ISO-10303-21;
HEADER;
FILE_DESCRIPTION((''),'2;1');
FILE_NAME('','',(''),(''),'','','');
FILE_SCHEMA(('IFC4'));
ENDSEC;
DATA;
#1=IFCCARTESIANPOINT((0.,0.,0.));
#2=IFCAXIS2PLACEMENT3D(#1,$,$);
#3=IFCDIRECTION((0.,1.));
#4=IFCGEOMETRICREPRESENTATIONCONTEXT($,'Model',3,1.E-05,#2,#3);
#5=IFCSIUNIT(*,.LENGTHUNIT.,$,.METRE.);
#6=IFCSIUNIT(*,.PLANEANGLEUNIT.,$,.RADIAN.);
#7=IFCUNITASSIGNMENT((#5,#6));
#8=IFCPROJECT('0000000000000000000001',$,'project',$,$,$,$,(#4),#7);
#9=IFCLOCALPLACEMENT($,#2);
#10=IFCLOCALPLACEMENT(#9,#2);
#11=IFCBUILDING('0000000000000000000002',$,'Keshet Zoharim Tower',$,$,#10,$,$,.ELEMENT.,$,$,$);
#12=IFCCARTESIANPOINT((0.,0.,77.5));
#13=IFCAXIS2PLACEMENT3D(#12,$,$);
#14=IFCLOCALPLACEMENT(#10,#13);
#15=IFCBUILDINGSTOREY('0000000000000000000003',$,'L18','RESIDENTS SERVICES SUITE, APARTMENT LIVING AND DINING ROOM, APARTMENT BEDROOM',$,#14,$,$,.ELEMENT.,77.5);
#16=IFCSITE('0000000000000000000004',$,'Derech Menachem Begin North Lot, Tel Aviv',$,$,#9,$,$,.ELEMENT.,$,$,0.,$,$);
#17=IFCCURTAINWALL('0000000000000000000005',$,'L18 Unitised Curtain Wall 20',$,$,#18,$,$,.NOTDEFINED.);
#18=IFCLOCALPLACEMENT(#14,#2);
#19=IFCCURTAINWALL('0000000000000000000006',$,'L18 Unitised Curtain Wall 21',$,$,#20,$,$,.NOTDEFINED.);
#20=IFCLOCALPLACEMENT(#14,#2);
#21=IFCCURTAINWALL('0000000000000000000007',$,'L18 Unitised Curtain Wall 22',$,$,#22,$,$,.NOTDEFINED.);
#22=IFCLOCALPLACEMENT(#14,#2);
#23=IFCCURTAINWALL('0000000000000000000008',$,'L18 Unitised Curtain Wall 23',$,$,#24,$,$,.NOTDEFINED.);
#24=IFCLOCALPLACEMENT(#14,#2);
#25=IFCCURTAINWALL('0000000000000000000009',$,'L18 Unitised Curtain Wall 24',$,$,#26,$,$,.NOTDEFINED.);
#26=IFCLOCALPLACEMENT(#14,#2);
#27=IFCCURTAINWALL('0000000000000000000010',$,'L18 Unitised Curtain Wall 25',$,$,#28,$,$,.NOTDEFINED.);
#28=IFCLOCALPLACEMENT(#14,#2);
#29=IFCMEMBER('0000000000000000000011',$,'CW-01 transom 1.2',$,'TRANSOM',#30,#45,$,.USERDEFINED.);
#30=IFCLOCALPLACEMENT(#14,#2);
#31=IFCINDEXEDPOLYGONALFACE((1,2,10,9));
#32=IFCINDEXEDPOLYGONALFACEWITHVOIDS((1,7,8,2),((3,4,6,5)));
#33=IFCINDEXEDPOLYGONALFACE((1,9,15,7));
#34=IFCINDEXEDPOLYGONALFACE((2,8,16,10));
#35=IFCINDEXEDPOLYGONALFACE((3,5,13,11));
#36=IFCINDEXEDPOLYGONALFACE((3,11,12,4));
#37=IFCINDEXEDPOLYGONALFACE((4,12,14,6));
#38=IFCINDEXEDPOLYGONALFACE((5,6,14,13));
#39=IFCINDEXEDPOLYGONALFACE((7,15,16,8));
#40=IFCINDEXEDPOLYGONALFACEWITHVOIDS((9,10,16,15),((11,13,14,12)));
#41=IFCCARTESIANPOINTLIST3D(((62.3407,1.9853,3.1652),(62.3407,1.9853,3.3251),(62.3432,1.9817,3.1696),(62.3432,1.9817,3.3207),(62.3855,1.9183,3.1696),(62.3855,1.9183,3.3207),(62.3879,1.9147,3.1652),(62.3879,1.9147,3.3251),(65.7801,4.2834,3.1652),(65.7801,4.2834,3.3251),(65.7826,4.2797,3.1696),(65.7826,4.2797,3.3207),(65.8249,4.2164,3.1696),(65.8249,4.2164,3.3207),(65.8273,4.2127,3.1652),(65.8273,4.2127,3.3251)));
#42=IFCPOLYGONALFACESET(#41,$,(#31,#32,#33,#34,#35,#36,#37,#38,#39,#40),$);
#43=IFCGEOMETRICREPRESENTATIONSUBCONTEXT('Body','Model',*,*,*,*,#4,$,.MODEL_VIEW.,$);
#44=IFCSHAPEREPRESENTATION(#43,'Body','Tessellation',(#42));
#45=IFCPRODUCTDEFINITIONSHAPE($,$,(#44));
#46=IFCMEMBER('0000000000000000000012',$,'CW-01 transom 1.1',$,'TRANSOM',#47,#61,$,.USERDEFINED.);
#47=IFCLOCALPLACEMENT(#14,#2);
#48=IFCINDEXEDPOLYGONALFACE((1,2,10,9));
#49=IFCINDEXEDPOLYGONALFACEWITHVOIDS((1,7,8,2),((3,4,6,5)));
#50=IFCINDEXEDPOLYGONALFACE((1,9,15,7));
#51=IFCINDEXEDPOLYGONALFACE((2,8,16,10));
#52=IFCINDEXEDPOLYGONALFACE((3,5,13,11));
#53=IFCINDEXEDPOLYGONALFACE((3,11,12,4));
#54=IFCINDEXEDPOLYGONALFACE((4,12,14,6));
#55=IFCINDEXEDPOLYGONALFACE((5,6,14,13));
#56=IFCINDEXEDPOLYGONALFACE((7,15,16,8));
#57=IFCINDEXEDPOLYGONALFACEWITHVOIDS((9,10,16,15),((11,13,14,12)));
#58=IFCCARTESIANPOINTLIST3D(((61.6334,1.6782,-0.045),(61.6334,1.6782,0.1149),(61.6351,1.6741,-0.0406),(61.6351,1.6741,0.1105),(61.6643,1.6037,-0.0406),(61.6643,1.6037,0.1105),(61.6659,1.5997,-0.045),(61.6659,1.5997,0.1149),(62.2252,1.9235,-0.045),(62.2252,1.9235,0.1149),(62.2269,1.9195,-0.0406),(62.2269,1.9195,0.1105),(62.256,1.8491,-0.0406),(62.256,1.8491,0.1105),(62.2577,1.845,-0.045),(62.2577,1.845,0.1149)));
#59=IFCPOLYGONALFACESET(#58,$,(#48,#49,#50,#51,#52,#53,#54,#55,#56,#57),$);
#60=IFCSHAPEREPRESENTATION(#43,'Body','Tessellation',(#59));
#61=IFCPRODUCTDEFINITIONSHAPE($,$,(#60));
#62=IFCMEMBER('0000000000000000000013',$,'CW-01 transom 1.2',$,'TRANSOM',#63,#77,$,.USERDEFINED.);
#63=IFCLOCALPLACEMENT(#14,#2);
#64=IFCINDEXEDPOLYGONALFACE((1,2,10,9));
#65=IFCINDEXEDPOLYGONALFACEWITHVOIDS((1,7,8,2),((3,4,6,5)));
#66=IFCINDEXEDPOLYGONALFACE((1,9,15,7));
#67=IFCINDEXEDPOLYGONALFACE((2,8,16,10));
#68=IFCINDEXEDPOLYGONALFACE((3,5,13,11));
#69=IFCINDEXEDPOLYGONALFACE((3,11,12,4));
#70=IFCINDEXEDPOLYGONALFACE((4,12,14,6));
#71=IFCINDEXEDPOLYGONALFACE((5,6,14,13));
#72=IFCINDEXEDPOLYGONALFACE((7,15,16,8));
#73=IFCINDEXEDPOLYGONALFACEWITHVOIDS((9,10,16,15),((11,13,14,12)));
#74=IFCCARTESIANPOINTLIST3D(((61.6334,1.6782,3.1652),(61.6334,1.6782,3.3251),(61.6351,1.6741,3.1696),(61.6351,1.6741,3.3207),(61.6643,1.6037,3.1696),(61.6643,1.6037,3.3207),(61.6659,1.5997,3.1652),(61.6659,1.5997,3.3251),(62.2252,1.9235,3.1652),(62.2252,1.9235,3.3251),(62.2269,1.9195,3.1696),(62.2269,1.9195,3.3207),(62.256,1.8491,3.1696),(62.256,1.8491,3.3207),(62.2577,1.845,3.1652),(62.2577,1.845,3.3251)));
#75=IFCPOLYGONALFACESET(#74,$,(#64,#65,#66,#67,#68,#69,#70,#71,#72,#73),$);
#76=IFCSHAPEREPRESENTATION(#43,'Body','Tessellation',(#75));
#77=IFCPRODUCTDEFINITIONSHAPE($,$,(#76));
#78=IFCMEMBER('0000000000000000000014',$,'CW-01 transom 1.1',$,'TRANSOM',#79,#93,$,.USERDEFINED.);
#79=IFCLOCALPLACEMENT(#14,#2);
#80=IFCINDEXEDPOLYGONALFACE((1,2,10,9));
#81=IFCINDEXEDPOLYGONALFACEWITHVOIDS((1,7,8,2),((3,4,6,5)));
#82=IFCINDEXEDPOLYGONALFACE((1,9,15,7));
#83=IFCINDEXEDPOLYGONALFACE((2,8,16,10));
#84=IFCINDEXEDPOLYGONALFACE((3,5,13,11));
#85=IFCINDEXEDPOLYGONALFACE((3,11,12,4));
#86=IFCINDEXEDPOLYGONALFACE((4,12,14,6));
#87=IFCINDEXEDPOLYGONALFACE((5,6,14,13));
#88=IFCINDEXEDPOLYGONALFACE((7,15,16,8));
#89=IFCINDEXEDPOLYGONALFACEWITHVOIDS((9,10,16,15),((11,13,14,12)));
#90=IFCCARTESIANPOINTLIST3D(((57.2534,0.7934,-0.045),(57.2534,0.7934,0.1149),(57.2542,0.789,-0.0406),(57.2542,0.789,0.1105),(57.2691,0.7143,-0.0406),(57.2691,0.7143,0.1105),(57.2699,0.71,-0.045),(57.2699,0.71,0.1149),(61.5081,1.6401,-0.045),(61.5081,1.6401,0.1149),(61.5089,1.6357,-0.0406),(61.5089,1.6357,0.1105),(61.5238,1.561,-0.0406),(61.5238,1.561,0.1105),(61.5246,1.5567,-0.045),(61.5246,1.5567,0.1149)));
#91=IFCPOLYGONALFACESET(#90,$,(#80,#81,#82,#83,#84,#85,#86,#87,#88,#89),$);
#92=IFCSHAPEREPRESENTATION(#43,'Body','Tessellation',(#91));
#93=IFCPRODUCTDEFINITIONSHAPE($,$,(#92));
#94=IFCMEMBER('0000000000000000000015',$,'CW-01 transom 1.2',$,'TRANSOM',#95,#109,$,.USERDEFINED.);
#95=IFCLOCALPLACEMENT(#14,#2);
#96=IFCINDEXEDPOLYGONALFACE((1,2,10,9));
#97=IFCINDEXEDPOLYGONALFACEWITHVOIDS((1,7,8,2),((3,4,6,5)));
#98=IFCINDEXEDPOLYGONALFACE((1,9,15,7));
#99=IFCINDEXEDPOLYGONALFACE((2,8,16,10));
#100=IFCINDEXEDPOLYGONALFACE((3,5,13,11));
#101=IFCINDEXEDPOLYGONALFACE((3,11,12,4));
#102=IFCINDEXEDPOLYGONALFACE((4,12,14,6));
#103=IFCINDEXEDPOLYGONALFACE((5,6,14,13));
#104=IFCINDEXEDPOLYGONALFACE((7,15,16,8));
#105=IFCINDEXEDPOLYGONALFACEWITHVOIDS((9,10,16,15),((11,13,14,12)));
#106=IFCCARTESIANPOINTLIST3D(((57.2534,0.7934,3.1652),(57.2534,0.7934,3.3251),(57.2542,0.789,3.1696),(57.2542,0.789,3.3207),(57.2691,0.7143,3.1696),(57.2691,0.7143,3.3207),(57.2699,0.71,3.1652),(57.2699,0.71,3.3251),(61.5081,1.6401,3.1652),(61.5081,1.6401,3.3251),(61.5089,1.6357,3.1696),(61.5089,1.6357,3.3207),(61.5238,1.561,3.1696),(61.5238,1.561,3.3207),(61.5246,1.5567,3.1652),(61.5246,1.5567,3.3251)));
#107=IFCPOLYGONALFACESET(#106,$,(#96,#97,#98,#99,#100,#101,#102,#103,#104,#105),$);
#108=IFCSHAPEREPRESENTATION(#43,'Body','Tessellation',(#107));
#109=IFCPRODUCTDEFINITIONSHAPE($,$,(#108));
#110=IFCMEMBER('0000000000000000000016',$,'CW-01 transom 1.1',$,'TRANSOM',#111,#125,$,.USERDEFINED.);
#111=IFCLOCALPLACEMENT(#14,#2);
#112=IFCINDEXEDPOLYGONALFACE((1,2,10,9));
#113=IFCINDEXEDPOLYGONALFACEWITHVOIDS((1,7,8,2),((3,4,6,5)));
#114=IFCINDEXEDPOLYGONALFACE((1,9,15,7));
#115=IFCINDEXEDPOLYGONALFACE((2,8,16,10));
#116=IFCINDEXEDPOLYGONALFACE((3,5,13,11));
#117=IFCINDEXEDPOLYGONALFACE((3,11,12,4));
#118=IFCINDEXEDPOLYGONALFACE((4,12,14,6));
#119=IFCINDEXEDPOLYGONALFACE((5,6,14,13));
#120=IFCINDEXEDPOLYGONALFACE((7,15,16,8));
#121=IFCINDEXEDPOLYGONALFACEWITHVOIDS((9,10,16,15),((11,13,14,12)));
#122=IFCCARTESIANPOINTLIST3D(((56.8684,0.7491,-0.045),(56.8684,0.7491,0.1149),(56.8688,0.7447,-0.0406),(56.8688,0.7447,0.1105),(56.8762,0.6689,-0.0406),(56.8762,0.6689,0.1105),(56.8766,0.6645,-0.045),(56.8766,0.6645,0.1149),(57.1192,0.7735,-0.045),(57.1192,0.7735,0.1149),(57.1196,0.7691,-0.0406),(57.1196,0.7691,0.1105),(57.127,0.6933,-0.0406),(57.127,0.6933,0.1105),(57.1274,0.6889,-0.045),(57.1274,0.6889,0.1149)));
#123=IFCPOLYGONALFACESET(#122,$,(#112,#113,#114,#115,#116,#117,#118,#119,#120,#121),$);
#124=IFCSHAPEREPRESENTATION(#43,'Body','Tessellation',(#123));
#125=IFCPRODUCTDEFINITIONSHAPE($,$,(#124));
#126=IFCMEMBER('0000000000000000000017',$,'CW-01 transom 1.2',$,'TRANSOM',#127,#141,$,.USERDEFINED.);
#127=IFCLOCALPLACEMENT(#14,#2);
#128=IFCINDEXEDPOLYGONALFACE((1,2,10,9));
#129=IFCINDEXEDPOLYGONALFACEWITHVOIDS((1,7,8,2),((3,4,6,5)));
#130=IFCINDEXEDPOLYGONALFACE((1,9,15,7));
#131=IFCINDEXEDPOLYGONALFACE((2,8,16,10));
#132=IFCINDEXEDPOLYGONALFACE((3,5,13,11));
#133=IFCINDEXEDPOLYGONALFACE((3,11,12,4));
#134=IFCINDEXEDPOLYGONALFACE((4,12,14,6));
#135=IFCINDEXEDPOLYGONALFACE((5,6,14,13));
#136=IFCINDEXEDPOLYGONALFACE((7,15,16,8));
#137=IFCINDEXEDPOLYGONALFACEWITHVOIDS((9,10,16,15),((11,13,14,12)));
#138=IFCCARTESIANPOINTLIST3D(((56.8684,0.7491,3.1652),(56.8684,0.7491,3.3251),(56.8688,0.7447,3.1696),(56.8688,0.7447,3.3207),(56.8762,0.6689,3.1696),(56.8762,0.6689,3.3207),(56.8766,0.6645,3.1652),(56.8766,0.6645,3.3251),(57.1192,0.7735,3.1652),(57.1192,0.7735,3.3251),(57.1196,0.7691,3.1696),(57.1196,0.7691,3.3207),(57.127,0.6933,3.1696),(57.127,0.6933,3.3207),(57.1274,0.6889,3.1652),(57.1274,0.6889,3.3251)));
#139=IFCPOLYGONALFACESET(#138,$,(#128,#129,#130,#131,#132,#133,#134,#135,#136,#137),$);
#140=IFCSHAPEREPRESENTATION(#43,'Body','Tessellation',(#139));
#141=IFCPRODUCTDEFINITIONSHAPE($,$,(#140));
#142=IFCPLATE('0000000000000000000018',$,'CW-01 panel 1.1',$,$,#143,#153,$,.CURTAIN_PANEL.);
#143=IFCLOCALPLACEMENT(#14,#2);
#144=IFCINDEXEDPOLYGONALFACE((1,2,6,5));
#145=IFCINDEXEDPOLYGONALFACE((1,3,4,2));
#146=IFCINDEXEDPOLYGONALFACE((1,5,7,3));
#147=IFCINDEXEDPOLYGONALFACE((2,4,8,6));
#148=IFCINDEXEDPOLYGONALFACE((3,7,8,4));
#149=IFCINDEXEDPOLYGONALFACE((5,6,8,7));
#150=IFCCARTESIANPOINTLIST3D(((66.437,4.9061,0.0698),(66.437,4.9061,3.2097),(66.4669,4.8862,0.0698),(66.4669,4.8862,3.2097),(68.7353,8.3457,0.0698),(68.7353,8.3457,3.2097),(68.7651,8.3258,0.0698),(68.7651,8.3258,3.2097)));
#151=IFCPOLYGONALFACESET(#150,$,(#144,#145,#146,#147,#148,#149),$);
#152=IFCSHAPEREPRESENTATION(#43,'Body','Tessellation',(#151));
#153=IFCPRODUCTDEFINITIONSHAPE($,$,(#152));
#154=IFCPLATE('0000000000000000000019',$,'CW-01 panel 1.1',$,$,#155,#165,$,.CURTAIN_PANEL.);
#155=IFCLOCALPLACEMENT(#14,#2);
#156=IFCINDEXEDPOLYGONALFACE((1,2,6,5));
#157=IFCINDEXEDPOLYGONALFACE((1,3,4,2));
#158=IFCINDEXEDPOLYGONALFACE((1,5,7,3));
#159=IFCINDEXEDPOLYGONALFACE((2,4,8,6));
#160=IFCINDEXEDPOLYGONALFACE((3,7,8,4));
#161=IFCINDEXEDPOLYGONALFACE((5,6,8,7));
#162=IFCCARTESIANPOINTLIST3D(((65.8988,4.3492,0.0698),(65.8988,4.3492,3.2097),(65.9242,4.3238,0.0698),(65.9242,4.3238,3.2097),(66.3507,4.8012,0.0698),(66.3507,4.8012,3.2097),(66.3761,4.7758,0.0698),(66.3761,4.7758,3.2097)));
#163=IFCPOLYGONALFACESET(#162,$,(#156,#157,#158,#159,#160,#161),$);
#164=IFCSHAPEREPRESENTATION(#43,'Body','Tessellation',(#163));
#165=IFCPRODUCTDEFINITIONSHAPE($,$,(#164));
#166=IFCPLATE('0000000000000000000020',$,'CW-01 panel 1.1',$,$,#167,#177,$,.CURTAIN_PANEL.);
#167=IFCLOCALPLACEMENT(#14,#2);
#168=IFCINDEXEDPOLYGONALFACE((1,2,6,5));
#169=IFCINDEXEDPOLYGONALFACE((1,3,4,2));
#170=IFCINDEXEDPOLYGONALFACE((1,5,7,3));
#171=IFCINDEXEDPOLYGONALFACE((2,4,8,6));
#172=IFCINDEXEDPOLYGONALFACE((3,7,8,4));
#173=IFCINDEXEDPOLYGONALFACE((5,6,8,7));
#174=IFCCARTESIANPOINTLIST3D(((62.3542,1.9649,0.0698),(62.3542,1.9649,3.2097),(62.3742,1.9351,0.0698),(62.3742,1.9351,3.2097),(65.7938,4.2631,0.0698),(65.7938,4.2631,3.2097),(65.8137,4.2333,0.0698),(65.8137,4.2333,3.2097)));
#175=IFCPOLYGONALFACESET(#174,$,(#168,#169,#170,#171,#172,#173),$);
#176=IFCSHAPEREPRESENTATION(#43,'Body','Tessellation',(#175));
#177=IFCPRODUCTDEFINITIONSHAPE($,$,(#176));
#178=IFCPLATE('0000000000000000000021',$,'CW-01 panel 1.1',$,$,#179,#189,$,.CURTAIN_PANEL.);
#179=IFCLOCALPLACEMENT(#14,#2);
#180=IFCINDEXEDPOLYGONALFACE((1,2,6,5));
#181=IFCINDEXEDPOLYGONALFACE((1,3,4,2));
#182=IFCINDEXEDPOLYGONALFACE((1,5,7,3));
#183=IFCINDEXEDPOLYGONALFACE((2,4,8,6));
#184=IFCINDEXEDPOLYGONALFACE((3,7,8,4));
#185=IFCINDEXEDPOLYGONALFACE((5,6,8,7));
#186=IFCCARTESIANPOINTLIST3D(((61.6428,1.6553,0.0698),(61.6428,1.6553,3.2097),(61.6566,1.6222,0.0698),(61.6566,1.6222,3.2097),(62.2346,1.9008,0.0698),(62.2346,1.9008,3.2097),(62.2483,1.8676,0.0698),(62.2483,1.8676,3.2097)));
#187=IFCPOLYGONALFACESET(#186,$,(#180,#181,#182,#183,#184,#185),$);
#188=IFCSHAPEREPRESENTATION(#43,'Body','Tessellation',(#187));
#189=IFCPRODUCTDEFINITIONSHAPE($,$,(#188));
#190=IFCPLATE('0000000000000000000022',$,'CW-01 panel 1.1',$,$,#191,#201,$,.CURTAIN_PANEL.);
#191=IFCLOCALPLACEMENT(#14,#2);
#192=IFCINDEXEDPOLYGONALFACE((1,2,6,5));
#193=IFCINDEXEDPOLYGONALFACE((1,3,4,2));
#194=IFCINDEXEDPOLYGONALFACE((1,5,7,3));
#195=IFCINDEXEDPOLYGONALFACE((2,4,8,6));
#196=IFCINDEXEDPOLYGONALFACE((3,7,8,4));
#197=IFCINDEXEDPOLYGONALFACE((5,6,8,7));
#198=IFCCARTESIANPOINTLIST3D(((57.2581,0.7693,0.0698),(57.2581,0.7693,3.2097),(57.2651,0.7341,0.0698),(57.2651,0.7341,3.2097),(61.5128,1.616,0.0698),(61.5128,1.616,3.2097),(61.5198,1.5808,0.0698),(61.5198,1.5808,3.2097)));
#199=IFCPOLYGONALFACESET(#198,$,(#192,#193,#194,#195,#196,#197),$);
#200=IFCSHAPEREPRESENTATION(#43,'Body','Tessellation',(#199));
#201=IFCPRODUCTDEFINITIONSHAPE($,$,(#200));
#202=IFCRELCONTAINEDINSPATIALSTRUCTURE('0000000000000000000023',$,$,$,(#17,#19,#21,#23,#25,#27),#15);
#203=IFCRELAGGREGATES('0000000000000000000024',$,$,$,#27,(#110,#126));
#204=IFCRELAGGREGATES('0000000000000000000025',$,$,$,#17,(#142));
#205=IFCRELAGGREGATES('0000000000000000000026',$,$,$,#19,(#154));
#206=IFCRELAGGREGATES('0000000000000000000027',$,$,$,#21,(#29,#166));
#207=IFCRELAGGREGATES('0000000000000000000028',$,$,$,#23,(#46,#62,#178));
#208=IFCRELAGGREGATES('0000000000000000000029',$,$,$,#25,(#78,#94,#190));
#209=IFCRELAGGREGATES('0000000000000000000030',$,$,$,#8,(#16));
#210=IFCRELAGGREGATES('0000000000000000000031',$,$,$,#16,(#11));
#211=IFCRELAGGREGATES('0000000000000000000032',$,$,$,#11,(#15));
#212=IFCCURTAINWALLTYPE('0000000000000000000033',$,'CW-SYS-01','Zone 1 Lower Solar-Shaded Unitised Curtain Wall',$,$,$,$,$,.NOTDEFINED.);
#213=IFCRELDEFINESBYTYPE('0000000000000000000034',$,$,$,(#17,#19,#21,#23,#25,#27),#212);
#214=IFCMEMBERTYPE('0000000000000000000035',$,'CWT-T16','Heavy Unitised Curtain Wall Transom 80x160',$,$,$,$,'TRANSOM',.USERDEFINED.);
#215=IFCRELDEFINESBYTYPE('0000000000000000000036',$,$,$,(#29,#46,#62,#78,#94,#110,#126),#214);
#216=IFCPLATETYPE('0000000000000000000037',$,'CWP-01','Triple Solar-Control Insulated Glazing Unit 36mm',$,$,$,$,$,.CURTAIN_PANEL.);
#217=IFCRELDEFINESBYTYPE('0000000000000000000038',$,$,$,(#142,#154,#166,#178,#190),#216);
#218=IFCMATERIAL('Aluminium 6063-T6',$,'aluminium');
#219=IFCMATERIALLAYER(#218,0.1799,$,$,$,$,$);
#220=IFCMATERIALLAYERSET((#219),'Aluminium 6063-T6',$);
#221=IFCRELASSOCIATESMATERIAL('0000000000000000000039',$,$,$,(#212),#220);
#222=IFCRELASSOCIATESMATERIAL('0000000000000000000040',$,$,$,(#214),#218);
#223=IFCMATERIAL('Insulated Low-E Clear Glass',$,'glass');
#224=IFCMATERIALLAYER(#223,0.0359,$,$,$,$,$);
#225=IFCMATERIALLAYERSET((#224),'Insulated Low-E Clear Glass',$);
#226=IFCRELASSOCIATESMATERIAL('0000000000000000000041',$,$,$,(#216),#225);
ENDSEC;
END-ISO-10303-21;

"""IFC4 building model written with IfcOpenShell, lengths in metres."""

from ifc_helpers import new_model, si_unit, direction, frame, origin, origin_2d, place, context, subcontext, project, spatial, rectangle, hollow_rectangle, extrude, material, layer, layer_set, material_profile, profile_set, type_object, element, aggregate, save


model = new_model("IFC4")

# Units and contexts
model_context = context("Model", 3, precision=1e-05, world=origin(), true_north=direction((0.0, 1.0)))
body_context = subcontext(model_context, "Body", "Model", "MODEL_VIEW")
ifc_project = project(units=[si_unit("LENGTHUNIT", "METRE"), si_unit("PLANEANGLEUNIT", "RADIAN")], contexts=[model_context])

# Site, building, storey
site_placement = place(None, origin())
site = spatial("IfcSite", under=ifc_project, at=site_placement, Name="Derech Menachem Begin North Lot, Tel Aviv", CompositionType="ELEMENT", RefElevation=0.0)
building_placement = place(site_placement, origin())
building = spatial("IfcBuilding", under=site, at=building_placement, Name="Keshet Zoharim Tower", CompositionType="ELEMENT")
storey_placement = place(building_placement, frame((0.0, 0.0, 77.5)))
storey = spatial("IfcBuildingStorey", under=building, at=storey_placement, Name="L18", Description="RESIDENTS SERVICES SUITE, APARTMENT LIVING AND DINING ROOM, APARTMENT BEDROOM", CompositionType="ELEMENT", Elevation=77.5)

# Curtain wall
ifc_material_1 = material(Name="Aluminium 6063-T6", Category="aluminium")
ifc_layer_1 = layer(ifc_material_1, 0.1799)
ifc_layer_set_1 = layer_set([ifc_layer_1], Name="Aluminium 6063-T6")
curtain_wall_type = type_object("IfcCurtainWallType", Name="CW-SYS-01", Description="Zone 1 Lower Solar-Shaded Unitised Curtain Wall", PredefinedType="NOTDEFINED", material=ifc_layer_set_1)
curtain_wall_1_placement = place(storey_placement, origin())
curtain_wall_1 = element("IfcCurtainWall", 1, at=curtain_wall_1_placement, inside=storey, type_object=curtain_wall_type, Name="L18 Unitised Curtain Wall 20", PredefinedType="NOTDEFINED")

# Curtain walls
curtain_wall_2_placement = place(storey_placement, origin())
curtain_wall_2 = element("IfcCurtainWall", 2, at=curtain_wall_2_placement, inside=storey, type_object=curtain_wall_type, Name="L18 Unitised Curtain Wall 21", PredefinedType="NOTDEFINED")
curtain_wall_3_placement = place(storey_placement, origin())
curtain_wall_3 = element("IfcCurtainWall", 3, at=curtain_wall_3_placement, inside=storey, type_object=curtain_wall_type, Name="L18 Unitised Curtain Wall 22", PredefinedType="NOTDEFINED")
curtain_wall_4_placement = place(storey_placement, origin())
curtain_wall_4 = element("IfcCurtainWall", 4, at=curtain_wall_4_placement, inside=storey, type_object=curtain_wall_type, Name="L18 Unitised Curtain Wall 23", PredefinedType="NOTDEFINED")
curtain_wall_5_placement = place(storey_placement, origin())
curtain_wall_5 = element("IfcCurtainWall", 5, at=curtain_wall_5_placement, inside=storey, type_object=curtain_wall_type, Name="L18 Unitised Curtain Wall 24", PredefinedType="NOTDEFINED")

# Curtain wall
curtain_wall_6_placement = place(storey_placement, origin())
curtain_wall_6 = element("IfcCurtainWall", 6, at=curtain_wall_6_placement, inside=storey, type_object=curtain_wall_type, Name="L18 Unitised Curtain Wall 25", PredefinedType="NOTDEFINED")

# Members
ifc_material_profile_1 = material_profile(ifc_material_1, hollow_rectangle(XDim=0.085, YDim=0.1599, WallThickness=0.0044, at=origin_2d()), Name="TRN-85x160")
ifc_profile_set_1 = profile_set([ifc_material_profile_1], Name="Aluminium 6063-T6")
member_type_1 = type_object("IfcMemberType", Name="CWT-T16", Description="Heavy Unitised Curtain Wall Transom 80x160", ElementType="TRANSOM", PredefinedType="USERDEFINED", material=ifc_profile_set_1)
member_1_placement = place(storey_placement, frame((65.8037, 4.248, 3.2451), z_axis=(-0.831478, -0.555558, 0.0), x_axis=(0.555558, -0.831478, 0.0)))
member_1 = element("IfcMember", 7, at=member_1_placement, type_object=member_type_1, Name="CW-01 transom 1.2", ObjectType="TRANSOM", PredefinedType="USERDEFINED", context=body_context, shape_type="SweptSolid", body=[
    extrude(hollow_rectangle(XDim=0.085, YDim=0.1599, WallThickness=0.0044, at=origin_2d()), origin(), (0.0, 0.0, 1.0), 4.1365),
])
member_2_placement = place(storey_placement, frame((62.2415, 1.8843, 0.0349), z_axis=(-0.923752, -0.382991, 0.0), x_axis=(0.382991, -0.923752, 0.0)))
member_2 = element("IfcMember", 8, at=member_2_placement, type_object=member_type_1, Name="CW-01 transom 1.1", ObjectType="TRANSOM", PredefinedType="USERDEFINED", context=body_context, shape_type="SweptSolid", body=[
    extrude(hollow_rectangle(XDim=0.085, YDim=0.1599, WallThickness=0.0044, at=origin_2d()), origin(), (0.0, 0.0, 1.0), 0.6406),
])
member_3_placement = place(storey_placement, frame((62.2415, 1.8843, 3.2451), z_axis=(-0.923752, -0.382991, 0.0), x_axis=(0.382991, -0.923752, 0.0)))
member_3 = element("IfcMember", 9, at=member_3_placement, type_object=member_type_1, Name="CW-01 transom 1.2", ObjectType="TRANSOM", PredefinedType="USERDEFINED", context=body_context, shape_type="SweptSolid", body=[
    extrude(hollow_rectangle(XDim=0.085, YDim=0.1599, WallThickness=0.0044, at=origin_2d()), origin(), (0.0, 0.0, 1.0), 0.6406),
])
member_4_placement = place(storey_placement, frame((61.5164, 1.5984, 0.0349), z_axis=(-0.980769, -0.195174, 0.0), x_axis=(0.195174, -0.980769, 0.0)))
member_4 = element("IfcMember", 10, at=member_4_placement, type_object=member_type_1, Name="CW-01 transom 1.1", ObjectType="TRANSOM", PredefinedType="USERDEFINED", context=body_context, shape_type="SweptSolid", body=[
    extrude(hollow_rectangle(XDim=0.085, YDim=0.1599, WallThickness=0.0044, at=origin_2d()), origin(), (0.0, 0.0, 1.0), 4.3381),
])
member_5_placement = place(storey_placement, frame((61.5164, 1.5984, 3.2451), z_axis=(-0.980769, -0.195174, 0.0), x_axis=(0.195174, -0.980769, 0.0)))
member_5 = element("IfcMember", 11, at=member_5_placement, type_object=member_type_1, Name="CW-01 transom 1.2", ObjectType="TRANSOM", PredefinedType="USERDEFINED", context=body_context, shape_type="SweptSolid", body=[
    extrude(hollow_rectangle(XDim=0.085, YDim=0.1599, WallThickness=0.0044, at=origin_2d()), origin(), (0.0, 0.0, 1.0), 4.3381),
])
member_6_placement = place(storey_placement, frame((57.1233, 0.7312, 0.0349), z_axis=(-0.995293, -0.096913, 0.0), x_axis=(0.096913, -0.995293, 0.0)))
member_6 = element("IfcMember", 12, at=member_6_placement, type_object=member_type_1, Name="CW-01 transom 1.1", ObjectType="TRANSOM", PredefinedType="USERDEFINED", context=body_context, shape_type="SweptSolid", body=[
    extrude(hollow_rectangle(XDim=0.085, YDim=0.1599, WallThickness=0.0044, at=origin_2d()), origin(), (0.0, 0.0, 1.0), 0.252),
])
member_7_placement = place(storey_placement, frame((57.1233, 0.7312, 3.2451), z_axis=(-0.995293, -0.096913, 0.0), x_axis=(0.096913, -0.995293, 0.0)))
member_7 = element("IfcMember", 13, at=member_7_placement, type_object=member_type_1, Name="CW-01 transom 1.2", ObjectType="TRANSOM", PredefinedType="USERDEFINED", context=body_context, shape_type="SweptSolid", body=[
    extrude(hollow_rectangle(XDim=0.085, YDim=0.1599, WallThickness=0.0044, at=origin_2d()), origin(), (0.0, 0.0, 1.0), 0.252),
])
aggregate(curtain_wall_6, [member_6, member_7])

# Plates
ifc_material_2 = material(Name="Insulated Low-E Clear Glass", Category="glass")
ifc_layer_2 = layer(ifc_material_2, 0.0359)
ifc_layer_set_2 = layer_set([ifc_layer_2], Name="Insulated Low-E Clear Glass")
plate_type = type_object("IfcPlateType", Name="CWP-01", Description="Triple Solar-Control Insulated Glazing Unit 36mm", PredefinedType="CURTAIN_PANEL", material=ifc_layer_set_2)
plate_1_placement = place(storey_placement, frame((67.6011, 6.616, 0.0698), z_axis=(0.0, 0.0, 1.0), x_axis=(-0.555563, -0.831474, 0.0)))
plate_1 = element("IfcPlate", 14, at=plate_1_placement, type_object=plate_type, Name="CW-01 panel 1.1", PredefinedType="CURTAIN_PANEL", context=body_context, shape_type="SweptSolid", body=[
    extrude(rectangle(XDim=4.1367, YDim=0.0359, at=origin_2d()), origin(), (0.0, 0.0, 1.0), 3.1399),
])
aggregate(curtain_wall_1, [plate_1])
plate_2_placement = place(storey_placement, frame((66.1375, 4.5625, 0.0698), z_axis=(0.0, 0.0, 1.0), x_axis=(-0.707107, -0.707107, 0.0)))
plate_2 = element("IfcPlate", 15, at=plate_2_placement, type_object=plate_type, Name="CW-01 panel 1.1", PredefinedType="CURTAIN_PANEL", context=body_context, shape_type="SweptSolid", body=[
    extrude(rectangle(XDim=0.6392, YDim=0.0359, at=origin_2d()), origin(), (0.0, 0.0, 1.0), 3.1399),
])
aggregate(curtain_wall_2, [plate_2])
plate_3_placement = place(storey_placement, frame((64.084, 3.0991, 0.0698), z_axis=(0.0, 0.0, 1.0), x_axis=(-0.831474, -0.555563, 0.0)))
plate_3 = element("IfcPlate", 16, at=plate_3_placement, type_object=plate_type, Name="CW-01 panel 1.1", PredefinedType="CURTAIN_PANEL", context=body_context, shape_type="SweptSolid", body=[
    extrude(rectangle(XDim=4.1367, YDim=0.0359, at=origin_2d()), origin(), (0.0, 0.0, 1.0), 3.1399),
])
aggregate(curtain_wall_3, [member_1, plate_3])
plate_4_placement = place(storey_placement, frame((61.9456, 1.7615, 0.0698), z_axis=(0.0, 0.0, 1.0), x_axis=(-0.92372, -0.383068, 0.0)))
plate_4 = element("IfcPlate", 17, at=plate_4_placement, type_object=plate_type, Name="CW-01 panel 1.1", PredefinedType="CURTAIN_PANEL", context=body_context, shape_type="SweptSolid", body=[
    extrude(rectangle(XDim=0.6406, YDim=0.0359, at=origin_2d()), origin(), (0.0, 0.0, 1.0), 3.1399),
])
aggregate(curtain_wall_4, [member_2, member_3, plate_4])
plate_5_placement = place(storey_placement, frame((59.3889, 1.175, 0.0698), z_axis=(0.0, 0.0, 1.0), x_axis=(-0.980769, -0.195171, 0.0)))
plate_5 = element("IfcPlate", 18, at=plate_5_placement, type_object=plate_type, Name="CW-01 panel 1.1", PredefinedType="CURTAIN_PANEL", context=body_context, shape_type="SweptSolid", body=[
    extrude(rectangle(XDim=4.3381, YDim=0.0359, at=origin_2d()), origin(), (0.0, 0.0, 1.0), 3.1399),
])
aggregate(curtain_wall_5, [member_4, member_5, plate_5])

save(model, "model.ifc")
